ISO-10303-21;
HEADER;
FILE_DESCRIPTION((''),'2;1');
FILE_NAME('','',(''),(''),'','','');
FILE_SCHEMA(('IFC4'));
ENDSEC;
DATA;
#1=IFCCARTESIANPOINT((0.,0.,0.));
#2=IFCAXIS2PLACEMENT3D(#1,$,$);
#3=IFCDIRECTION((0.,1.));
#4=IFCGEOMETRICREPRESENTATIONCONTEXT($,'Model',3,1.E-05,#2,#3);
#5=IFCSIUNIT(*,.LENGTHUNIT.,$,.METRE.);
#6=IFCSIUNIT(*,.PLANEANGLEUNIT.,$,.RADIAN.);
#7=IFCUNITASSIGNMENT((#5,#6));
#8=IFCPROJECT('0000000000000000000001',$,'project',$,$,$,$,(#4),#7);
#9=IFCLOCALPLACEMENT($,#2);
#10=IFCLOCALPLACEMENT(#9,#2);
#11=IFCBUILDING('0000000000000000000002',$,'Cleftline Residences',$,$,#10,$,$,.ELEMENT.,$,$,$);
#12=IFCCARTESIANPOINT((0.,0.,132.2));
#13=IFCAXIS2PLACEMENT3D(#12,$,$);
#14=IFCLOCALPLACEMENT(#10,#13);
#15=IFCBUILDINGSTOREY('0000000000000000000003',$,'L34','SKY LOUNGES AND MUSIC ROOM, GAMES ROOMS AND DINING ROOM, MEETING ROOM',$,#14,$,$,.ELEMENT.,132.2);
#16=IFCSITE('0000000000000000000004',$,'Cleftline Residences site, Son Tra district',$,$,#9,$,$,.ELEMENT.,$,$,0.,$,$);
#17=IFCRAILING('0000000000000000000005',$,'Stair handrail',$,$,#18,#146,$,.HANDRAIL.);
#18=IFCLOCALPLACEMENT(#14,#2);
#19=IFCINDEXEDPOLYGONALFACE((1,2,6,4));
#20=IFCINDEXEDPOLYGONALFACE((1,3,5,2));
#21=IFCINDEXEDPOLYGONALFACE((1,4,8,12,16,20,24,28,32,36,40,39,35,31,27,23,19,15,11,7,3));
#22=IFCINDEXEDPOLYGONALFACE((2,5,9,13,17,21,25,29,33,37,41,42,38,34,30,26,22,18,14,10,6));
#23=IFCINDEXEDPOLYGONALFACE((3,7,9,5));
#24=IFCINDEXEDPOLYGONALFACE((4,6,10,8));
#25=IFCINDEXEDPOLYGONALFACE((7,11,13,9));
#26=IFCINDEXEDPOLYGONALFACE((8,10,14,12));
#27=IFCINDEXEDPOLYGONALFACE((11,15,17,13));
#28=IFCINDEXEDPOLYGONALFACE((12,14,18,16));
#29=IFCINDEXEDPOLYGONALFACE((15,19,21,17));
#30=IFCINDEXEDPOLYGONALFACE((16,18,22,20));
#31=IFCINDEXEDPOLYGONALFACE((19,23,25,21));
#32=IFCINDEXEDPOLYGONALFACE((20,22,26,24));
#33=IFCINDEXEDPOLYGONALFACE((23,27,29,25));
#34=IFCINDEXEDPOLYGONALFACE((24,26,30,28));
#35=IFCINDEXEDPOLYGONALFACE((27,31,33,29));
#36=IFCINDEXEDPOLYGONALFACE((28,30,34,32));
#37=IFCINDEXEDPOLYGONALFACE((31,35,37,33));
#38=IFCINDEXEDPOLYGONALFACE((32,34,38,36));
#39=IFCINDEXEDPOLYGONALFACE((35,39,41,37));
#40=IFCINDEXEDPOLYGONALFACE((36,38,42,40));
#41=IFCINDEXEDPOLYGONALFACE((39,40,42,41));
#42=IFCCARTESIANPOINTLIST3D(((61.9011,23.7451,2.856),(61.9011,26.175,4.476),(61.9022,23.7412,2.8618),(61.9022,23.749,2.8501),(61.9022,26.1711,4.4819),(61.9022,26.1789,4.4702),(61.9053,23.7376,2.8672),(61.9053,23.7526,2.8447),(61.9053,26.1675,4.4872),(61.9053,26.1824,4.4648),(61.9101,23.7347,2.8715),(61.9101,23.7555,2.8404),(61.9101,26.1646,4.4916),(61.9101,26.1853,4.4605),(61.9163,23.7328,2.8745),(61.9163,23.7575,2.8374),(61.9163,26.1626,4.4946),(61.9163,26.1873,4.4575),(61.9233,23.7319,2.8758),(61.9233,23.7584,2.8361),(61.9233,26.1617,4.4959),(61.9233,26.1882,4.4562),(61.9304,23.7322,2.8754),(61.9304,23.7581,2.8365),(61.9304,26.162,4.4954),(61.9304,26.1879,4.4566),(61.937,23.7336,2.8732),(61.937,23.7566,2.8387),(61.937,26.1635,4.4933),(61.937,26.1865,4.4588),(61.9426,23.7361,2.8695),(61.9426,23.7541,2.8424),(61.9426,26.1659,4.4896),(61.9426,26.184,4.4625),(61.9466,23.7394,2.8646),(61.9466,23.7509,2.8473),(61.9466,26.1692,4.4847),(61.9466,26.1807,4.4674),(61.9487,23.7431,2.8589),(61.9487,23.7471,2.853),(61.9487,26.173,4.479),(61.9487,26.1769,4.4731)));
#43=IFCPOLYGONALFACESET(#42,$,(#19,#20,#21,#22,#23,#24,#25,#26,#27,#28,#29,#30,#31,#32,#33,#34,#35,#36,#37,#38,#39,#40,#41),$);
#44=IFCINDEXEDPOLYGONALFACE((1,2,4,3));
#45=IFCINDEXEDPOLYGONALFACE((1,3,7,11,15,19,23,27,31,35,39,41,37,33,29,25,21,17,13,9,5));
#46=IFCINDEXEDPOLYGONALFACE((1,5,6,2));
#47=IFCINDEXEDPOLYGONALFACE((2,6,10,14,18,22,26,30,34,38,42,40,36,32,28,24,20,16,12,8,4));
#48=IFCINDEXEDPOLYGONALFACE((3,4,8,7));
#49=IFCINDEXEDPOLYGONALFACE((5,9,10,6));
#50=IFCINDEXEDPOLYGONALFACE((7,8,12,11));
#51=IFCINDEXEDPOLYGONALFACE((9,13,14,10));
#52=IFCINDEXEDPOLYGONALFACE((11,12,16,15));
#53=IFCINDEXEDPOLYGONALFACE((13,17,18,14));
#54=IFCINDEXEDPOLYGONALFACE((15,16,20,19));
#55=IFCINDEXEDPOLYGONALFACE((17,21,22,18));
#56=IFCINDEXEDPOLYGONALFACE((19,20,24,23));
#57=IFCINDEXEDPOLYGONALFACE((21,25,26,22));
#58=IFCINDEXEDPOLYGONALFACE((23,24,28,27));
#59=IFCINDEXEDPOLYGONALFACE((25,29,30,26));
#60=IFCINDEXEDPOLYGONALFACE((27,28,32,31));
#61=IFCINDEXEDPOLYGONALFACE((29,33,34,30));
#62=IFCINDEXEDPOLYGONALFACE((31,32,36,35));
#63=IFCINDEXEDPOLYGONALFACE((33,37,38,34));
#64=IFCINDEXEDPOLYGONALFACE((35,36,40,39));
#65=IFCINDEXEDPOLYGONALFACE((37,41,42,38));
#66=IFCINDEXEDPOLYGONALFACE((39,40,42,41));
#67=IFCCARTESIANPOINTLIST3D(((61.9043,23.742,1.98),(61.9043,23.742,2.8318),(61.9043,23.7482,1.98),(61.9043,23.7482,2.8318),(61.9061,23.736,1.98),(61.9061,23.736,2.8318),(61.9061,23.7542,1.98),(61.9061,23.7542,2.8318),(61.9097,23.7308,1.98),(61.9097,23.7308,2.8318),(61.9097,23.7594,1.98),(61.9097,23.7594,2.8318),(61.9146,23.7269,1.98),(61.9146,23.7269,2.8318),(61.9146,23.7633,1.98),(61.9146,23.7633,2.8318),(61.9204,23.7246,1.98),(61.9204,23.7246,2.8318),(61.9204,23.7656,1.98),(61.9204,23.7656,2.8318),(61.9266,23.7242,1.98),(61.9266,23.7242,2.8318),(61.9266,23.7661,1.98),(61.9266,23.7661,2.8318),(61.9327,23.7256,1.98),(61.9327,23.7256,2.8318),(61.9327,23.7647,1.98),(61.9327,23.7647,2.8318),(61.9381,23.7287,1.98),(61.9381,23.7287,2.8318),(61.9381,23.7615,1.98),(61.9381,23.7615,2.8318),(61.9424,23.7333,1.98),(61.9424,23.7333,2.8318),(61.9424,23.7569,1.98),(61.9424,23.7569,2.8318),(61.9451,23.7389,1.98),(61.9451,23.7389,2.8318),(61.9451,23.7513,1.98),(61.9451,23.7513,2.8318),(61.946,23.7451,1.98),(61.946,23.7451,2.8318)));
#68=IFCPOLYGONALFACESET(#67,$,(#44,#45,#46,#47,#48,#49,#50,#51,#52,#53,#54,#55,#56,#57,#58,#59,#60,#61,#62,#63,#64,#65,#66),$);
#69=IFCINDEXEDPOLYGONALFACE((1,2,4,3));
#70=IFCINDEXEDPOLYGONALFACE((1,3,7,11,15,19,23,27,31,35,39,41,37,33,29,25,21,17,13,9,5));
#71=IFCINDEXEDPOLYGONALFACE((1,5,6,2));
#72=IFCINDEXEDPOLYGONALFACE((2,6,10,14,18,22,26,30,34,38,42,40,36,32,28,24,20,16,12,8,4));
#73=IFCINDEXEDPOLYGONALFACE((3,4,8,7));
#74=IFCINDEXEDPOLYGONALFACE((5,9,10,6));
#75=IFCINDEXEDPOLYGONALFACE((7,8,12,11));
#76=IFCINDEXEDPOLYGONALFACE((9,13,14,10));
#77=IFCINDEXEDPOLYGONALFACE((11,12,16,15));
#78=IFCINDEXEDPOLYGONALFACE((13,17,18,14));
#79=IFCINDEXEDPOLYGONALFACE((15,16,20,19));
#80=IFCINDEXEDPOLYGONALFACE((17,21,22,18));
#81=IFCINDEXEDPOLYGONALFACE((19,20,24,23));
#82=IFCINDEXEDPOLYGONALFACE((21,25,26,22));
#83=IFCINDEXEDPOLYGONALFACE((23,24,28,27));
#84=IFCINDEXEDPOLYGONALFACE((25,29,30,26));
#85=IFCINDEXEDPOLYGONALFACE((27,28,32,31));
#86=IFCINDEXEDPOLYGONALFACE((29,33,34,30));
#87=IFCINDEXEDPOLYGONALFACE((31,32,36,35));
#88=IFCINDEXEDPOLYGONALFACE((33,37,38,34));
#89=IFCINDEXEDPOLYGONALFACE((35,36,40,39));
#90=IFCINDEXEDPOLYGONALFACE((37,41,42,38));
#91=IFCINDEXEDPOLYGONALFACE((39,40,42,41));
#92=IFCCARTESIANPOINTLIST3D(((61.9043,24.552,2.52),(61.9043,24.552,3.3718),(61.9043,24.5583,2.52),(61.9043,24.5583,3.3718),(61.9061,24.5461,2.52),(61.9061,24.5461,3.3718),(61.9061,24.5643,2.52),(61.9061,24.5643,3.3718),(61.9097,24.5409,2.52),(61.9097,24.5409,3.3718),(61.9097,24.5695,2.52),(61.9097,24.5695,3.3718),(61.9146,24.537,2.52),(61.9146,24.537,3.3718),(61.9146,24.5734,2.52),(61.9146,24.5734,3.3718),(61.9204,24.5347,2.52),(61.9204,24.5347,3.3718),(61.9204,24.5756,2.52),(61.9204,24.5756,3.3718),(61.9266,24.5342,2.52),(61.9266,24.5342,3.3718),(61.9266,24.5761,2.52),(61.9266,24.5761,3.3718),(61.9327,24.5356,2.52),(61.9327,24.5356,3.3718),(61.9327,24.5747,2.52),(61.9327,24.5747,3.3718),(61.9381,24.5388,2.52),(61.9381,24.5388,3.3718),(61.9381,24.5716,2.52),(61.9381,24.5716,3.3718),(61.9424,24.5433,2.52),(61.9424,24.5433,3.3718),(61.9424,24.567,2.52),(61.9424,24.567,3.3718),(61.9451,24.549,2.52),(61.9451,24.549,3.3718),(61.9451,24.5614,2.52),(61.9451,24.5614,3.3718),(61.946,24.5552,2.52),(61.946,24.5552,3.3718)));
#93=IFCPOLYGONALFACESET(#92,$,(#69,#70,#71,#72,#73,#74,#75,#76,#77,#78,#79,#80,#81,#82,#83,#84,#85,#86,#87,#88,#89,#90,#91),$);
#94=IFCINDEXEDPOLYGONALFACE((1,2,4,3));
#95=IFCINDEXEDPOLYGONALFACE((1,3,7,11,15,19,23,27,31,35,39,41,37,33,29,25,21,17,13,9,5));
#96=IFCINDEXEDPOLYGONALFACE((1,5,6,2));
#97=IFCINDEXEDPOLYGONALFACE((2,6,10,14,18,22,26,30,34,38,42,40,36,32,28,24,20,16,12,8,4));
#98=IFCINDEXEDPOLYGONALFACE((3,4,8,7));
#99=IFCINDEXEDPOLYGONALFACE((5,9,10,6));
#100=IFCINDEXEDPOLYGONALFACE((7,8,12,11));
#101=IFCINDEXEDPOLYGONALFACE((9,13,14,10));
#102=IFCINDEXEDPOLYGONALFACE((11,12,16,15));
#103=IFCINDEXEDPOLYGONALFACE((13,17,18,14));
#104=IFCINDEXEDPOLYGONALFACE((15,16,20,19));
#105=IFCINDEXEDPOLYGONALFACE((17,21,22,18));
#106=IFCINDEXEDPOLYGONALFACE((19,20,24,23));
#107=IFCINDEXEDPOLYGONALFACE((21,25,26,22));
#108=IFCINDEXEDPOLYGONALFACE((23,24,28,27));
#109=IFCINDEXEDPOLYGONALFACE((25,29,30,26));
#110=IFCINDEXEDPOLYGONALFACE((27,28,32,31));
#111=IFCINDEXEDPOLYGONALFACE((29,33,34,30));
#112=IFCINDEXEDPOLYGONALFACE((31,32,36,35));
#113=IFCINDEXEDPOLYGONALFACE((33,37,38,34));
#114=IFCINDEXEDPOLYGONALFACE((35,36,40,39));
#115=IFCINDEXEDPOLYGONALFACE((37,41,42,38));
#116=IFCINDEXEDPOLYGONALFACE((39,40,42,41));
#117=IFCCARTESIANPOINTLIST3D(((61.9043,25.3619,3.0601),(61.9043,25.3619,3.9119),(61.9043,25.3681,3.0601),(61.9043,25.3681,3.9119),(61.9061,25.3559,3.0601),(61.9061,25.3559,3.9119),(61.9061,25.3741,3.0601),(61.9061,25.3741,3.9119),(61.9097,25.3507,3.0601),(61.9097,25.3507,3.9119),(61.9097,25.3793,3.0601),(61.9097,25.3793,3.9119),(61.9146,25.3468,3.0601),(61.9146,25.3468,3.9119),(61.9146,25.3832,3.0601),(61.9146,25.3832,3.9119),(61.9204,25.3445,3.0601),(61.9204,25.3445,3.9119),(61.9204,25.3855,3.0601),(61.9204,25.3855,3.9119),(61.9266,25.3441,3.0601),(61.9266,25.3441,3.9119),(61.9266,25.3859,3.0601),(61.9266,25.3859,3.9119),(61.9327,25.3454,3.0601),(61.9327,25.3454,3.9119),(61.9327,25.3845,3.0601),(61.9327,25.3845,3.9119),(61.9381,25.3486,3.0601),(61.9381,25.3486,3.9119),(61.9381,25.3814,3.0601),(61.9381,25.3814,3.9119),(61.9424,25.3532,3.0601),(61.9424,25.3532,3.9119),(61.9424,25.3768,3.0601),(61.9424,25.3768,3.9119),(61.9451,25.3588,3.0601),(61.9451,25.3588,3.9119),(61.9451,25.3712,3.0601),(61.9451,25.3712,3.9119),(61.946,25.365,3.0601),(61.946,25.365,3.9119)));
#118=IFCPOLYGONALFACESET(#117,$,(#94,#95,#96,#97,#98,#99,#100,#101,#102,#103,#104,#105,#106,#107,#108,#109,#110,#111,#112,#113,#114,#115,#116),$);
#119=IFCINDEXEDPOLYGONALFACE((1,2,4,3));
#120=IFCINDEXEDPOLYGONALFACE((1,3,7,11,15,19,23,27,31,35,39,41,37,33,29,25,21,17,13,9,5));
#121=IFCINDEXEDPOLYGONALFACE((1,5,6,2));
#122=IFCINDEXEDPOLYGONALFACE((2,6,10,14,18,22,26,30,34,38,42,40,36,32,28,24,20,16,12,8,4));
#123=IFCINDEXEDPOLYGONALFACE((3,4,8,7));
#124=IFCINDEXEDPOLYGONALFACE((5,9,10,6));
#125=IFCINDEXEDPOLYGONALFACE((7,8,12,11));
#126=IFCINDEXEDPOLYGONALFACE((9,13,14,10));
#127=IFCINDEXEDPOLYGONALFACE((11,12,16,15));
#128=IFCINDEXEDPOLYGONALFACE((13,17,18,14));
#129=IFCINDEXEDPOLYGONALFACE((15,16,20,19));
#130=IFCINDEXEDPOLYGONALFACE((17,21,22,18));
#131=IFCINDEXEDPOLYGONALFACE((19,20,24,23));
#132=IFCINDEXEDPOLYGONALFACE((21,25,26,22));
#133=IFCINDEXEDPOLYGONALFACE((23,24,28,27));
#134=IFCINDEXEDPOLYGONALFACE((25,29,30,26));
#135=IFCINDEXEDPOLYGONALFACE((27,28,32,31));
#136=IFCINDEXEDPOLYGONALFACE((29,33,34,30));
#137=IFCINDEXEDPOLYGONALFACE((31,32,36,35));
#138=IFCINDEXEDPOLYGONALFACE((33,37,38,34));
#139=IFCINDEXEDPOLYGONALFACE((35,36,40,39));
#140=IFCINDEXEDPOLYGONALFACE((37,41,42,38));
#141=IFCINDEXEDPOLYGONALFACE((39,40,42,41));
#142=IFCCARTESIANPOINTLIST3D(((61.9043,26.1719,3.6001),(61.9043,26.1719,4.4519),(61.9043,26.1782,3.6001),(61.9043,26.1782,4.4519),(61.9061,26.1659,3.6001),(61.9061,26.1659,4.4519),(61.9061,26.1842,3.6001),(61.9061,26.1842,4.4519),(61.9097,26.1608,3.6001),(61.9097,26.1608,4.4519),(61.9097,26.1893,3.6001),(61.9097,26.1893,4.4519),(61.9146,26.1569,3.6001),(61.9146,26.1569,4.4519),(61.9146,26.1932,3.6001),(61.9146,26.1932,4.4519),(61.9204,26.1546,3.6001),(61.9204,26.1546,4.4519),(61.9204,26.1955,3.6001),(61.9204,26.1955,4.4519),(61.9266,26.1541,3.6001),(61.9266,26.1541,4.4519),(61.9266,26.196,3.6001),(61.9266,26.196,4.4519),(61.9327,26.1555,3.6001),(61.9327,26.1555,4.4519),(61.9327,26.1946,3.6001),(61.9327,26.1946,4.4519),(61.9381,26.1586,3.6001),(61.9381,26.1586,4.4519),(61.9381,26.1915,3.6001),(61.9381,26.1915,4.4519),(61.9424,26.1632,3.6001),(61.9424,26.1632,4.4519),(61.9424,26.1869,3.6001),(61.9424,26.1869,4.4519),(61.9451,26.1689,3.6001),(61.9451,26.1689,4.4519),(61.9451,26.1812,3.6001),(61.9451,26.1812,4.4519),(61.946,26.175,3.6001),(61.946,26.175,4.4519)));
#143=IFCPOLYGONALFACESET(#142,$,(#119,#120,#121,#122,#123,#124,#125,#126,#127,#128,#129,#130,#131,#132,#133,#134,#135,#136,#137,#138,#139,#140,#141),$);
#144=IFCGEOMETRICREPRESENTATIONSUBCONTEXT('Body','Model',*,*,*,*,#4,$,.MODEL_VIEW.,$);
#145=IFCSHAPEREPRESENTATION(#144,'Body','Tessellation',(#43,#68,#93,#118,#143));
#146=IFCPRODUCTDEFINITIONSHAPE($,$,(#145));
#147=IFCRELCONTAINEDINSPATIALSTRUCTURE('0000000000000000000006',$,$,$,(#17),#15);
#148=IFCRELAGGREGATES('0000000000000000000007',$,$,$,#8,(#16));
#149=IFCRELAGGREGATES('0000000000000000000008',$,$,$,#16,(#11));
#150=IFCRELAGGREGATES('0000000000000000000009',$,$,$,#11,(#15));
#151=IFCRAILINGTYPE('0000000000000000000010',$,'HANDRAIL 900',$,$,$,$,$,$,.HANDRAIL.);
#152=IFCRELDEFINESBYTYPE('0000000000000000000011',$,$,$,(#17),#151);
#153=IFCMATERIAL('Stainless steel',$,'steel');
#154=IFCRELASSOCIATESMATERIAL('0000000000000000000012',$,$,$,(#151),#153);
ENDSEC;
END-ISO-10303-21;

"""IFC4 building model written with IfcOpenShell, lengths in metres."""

from ifc_helpers import new_model, si_unit, direction, frame, origin, origin_2d, place, context, subcontext, project, spatial, circle, extrude, material, type_object, element, save


model = new_model("IFC4")

# Units and contexts
model_context = context("Model", 3, precision=1e-05, world=origin(), true_north=direction((0.0, 1.0)))
body_context = subcontext(model_context, "Body", "Model", "MODEL_VIEW")
ifc_project = project(units=[si_unit("LENGTHUNIT", "METRE"), si_unit("PLANEANGLEUNIT", "RADIAN")], contexts=[model_context])

# Site, building, storey
site_placement = place(None, origin())
site = spatial("IfcSite", under=ifc_project, at=site_placement, Name="Cleftline Residences site, Son Tra district", CompositionType="ELEMENT", RefElevation=0.0)
building_placement = place(site_placement, origin())
building = spatial("IfcBuilding", under=site, at=building_placement, Name="Cleftline Residences", CompositionType="ELEMENT")
storey_placement = place(building_placement, frame((0.0, 0.0, 132.2)))
storey = spatial("IfcBuildingStorey", under=building, at=storey_placement, Name="L34", Description="SKY LOUNGES AND MUSIC ROOM, GAMES ROOMS AND DINING ROOM, MEETING ROOM", CompositionType="ELEMENT", Elevation=132.2)

# Railing
ifc_material_1 = material(Name="Stainless steel", Category="steel")
railing_type = type_object("IfcRailingType", Name="HANDRAIL 900", PredefinedType="HANDRAIL", material=ifc_material_1)
railing_placement = place(storey_placement, frame((61.925, 23.7451, 1.98)))
element("IfcRailing", 1, at=railing_placement, inside=storey, type_object=railing_type, Name="Stair handrail", PredefinedType="HANDRAIL", context=body_context, shape_type="SweptSolid", body=[
    extrude(circle(Radius=0.0239, at=origin_2d()), frame((0.0, 0.0, 0.876), z_axis=(0.0, 0.832025, 0.554739), x_axis=(-1.0, 0.0, 0.0)), (0.0, 0.0, 1.0), 2.9204),
    extrude(circle(Radius=0.021, at=origin_2d()), origin(), (0.0, 0.0, 1.0), 0.8518),
    extrude(circle(Radius=0.021, at=origin_2d()), frame((0.0, 0.8101, 0.54)), (0.0, 0.0, 1.0), 0.8518),
    extrude(circle(Radius=0.021, at=origin_2d()), frame((0.0, 1.6199, 1.0801)), (0.0, 0.0, 1.0), 0.8518),
    extrude(circle(Radius=0.021, at=origin_2d()), frame((0.0, 2.4299, 1.6201)), (0.0, 0.0, 1.0), 0.8518),
])

save(model, "model.ifc")
